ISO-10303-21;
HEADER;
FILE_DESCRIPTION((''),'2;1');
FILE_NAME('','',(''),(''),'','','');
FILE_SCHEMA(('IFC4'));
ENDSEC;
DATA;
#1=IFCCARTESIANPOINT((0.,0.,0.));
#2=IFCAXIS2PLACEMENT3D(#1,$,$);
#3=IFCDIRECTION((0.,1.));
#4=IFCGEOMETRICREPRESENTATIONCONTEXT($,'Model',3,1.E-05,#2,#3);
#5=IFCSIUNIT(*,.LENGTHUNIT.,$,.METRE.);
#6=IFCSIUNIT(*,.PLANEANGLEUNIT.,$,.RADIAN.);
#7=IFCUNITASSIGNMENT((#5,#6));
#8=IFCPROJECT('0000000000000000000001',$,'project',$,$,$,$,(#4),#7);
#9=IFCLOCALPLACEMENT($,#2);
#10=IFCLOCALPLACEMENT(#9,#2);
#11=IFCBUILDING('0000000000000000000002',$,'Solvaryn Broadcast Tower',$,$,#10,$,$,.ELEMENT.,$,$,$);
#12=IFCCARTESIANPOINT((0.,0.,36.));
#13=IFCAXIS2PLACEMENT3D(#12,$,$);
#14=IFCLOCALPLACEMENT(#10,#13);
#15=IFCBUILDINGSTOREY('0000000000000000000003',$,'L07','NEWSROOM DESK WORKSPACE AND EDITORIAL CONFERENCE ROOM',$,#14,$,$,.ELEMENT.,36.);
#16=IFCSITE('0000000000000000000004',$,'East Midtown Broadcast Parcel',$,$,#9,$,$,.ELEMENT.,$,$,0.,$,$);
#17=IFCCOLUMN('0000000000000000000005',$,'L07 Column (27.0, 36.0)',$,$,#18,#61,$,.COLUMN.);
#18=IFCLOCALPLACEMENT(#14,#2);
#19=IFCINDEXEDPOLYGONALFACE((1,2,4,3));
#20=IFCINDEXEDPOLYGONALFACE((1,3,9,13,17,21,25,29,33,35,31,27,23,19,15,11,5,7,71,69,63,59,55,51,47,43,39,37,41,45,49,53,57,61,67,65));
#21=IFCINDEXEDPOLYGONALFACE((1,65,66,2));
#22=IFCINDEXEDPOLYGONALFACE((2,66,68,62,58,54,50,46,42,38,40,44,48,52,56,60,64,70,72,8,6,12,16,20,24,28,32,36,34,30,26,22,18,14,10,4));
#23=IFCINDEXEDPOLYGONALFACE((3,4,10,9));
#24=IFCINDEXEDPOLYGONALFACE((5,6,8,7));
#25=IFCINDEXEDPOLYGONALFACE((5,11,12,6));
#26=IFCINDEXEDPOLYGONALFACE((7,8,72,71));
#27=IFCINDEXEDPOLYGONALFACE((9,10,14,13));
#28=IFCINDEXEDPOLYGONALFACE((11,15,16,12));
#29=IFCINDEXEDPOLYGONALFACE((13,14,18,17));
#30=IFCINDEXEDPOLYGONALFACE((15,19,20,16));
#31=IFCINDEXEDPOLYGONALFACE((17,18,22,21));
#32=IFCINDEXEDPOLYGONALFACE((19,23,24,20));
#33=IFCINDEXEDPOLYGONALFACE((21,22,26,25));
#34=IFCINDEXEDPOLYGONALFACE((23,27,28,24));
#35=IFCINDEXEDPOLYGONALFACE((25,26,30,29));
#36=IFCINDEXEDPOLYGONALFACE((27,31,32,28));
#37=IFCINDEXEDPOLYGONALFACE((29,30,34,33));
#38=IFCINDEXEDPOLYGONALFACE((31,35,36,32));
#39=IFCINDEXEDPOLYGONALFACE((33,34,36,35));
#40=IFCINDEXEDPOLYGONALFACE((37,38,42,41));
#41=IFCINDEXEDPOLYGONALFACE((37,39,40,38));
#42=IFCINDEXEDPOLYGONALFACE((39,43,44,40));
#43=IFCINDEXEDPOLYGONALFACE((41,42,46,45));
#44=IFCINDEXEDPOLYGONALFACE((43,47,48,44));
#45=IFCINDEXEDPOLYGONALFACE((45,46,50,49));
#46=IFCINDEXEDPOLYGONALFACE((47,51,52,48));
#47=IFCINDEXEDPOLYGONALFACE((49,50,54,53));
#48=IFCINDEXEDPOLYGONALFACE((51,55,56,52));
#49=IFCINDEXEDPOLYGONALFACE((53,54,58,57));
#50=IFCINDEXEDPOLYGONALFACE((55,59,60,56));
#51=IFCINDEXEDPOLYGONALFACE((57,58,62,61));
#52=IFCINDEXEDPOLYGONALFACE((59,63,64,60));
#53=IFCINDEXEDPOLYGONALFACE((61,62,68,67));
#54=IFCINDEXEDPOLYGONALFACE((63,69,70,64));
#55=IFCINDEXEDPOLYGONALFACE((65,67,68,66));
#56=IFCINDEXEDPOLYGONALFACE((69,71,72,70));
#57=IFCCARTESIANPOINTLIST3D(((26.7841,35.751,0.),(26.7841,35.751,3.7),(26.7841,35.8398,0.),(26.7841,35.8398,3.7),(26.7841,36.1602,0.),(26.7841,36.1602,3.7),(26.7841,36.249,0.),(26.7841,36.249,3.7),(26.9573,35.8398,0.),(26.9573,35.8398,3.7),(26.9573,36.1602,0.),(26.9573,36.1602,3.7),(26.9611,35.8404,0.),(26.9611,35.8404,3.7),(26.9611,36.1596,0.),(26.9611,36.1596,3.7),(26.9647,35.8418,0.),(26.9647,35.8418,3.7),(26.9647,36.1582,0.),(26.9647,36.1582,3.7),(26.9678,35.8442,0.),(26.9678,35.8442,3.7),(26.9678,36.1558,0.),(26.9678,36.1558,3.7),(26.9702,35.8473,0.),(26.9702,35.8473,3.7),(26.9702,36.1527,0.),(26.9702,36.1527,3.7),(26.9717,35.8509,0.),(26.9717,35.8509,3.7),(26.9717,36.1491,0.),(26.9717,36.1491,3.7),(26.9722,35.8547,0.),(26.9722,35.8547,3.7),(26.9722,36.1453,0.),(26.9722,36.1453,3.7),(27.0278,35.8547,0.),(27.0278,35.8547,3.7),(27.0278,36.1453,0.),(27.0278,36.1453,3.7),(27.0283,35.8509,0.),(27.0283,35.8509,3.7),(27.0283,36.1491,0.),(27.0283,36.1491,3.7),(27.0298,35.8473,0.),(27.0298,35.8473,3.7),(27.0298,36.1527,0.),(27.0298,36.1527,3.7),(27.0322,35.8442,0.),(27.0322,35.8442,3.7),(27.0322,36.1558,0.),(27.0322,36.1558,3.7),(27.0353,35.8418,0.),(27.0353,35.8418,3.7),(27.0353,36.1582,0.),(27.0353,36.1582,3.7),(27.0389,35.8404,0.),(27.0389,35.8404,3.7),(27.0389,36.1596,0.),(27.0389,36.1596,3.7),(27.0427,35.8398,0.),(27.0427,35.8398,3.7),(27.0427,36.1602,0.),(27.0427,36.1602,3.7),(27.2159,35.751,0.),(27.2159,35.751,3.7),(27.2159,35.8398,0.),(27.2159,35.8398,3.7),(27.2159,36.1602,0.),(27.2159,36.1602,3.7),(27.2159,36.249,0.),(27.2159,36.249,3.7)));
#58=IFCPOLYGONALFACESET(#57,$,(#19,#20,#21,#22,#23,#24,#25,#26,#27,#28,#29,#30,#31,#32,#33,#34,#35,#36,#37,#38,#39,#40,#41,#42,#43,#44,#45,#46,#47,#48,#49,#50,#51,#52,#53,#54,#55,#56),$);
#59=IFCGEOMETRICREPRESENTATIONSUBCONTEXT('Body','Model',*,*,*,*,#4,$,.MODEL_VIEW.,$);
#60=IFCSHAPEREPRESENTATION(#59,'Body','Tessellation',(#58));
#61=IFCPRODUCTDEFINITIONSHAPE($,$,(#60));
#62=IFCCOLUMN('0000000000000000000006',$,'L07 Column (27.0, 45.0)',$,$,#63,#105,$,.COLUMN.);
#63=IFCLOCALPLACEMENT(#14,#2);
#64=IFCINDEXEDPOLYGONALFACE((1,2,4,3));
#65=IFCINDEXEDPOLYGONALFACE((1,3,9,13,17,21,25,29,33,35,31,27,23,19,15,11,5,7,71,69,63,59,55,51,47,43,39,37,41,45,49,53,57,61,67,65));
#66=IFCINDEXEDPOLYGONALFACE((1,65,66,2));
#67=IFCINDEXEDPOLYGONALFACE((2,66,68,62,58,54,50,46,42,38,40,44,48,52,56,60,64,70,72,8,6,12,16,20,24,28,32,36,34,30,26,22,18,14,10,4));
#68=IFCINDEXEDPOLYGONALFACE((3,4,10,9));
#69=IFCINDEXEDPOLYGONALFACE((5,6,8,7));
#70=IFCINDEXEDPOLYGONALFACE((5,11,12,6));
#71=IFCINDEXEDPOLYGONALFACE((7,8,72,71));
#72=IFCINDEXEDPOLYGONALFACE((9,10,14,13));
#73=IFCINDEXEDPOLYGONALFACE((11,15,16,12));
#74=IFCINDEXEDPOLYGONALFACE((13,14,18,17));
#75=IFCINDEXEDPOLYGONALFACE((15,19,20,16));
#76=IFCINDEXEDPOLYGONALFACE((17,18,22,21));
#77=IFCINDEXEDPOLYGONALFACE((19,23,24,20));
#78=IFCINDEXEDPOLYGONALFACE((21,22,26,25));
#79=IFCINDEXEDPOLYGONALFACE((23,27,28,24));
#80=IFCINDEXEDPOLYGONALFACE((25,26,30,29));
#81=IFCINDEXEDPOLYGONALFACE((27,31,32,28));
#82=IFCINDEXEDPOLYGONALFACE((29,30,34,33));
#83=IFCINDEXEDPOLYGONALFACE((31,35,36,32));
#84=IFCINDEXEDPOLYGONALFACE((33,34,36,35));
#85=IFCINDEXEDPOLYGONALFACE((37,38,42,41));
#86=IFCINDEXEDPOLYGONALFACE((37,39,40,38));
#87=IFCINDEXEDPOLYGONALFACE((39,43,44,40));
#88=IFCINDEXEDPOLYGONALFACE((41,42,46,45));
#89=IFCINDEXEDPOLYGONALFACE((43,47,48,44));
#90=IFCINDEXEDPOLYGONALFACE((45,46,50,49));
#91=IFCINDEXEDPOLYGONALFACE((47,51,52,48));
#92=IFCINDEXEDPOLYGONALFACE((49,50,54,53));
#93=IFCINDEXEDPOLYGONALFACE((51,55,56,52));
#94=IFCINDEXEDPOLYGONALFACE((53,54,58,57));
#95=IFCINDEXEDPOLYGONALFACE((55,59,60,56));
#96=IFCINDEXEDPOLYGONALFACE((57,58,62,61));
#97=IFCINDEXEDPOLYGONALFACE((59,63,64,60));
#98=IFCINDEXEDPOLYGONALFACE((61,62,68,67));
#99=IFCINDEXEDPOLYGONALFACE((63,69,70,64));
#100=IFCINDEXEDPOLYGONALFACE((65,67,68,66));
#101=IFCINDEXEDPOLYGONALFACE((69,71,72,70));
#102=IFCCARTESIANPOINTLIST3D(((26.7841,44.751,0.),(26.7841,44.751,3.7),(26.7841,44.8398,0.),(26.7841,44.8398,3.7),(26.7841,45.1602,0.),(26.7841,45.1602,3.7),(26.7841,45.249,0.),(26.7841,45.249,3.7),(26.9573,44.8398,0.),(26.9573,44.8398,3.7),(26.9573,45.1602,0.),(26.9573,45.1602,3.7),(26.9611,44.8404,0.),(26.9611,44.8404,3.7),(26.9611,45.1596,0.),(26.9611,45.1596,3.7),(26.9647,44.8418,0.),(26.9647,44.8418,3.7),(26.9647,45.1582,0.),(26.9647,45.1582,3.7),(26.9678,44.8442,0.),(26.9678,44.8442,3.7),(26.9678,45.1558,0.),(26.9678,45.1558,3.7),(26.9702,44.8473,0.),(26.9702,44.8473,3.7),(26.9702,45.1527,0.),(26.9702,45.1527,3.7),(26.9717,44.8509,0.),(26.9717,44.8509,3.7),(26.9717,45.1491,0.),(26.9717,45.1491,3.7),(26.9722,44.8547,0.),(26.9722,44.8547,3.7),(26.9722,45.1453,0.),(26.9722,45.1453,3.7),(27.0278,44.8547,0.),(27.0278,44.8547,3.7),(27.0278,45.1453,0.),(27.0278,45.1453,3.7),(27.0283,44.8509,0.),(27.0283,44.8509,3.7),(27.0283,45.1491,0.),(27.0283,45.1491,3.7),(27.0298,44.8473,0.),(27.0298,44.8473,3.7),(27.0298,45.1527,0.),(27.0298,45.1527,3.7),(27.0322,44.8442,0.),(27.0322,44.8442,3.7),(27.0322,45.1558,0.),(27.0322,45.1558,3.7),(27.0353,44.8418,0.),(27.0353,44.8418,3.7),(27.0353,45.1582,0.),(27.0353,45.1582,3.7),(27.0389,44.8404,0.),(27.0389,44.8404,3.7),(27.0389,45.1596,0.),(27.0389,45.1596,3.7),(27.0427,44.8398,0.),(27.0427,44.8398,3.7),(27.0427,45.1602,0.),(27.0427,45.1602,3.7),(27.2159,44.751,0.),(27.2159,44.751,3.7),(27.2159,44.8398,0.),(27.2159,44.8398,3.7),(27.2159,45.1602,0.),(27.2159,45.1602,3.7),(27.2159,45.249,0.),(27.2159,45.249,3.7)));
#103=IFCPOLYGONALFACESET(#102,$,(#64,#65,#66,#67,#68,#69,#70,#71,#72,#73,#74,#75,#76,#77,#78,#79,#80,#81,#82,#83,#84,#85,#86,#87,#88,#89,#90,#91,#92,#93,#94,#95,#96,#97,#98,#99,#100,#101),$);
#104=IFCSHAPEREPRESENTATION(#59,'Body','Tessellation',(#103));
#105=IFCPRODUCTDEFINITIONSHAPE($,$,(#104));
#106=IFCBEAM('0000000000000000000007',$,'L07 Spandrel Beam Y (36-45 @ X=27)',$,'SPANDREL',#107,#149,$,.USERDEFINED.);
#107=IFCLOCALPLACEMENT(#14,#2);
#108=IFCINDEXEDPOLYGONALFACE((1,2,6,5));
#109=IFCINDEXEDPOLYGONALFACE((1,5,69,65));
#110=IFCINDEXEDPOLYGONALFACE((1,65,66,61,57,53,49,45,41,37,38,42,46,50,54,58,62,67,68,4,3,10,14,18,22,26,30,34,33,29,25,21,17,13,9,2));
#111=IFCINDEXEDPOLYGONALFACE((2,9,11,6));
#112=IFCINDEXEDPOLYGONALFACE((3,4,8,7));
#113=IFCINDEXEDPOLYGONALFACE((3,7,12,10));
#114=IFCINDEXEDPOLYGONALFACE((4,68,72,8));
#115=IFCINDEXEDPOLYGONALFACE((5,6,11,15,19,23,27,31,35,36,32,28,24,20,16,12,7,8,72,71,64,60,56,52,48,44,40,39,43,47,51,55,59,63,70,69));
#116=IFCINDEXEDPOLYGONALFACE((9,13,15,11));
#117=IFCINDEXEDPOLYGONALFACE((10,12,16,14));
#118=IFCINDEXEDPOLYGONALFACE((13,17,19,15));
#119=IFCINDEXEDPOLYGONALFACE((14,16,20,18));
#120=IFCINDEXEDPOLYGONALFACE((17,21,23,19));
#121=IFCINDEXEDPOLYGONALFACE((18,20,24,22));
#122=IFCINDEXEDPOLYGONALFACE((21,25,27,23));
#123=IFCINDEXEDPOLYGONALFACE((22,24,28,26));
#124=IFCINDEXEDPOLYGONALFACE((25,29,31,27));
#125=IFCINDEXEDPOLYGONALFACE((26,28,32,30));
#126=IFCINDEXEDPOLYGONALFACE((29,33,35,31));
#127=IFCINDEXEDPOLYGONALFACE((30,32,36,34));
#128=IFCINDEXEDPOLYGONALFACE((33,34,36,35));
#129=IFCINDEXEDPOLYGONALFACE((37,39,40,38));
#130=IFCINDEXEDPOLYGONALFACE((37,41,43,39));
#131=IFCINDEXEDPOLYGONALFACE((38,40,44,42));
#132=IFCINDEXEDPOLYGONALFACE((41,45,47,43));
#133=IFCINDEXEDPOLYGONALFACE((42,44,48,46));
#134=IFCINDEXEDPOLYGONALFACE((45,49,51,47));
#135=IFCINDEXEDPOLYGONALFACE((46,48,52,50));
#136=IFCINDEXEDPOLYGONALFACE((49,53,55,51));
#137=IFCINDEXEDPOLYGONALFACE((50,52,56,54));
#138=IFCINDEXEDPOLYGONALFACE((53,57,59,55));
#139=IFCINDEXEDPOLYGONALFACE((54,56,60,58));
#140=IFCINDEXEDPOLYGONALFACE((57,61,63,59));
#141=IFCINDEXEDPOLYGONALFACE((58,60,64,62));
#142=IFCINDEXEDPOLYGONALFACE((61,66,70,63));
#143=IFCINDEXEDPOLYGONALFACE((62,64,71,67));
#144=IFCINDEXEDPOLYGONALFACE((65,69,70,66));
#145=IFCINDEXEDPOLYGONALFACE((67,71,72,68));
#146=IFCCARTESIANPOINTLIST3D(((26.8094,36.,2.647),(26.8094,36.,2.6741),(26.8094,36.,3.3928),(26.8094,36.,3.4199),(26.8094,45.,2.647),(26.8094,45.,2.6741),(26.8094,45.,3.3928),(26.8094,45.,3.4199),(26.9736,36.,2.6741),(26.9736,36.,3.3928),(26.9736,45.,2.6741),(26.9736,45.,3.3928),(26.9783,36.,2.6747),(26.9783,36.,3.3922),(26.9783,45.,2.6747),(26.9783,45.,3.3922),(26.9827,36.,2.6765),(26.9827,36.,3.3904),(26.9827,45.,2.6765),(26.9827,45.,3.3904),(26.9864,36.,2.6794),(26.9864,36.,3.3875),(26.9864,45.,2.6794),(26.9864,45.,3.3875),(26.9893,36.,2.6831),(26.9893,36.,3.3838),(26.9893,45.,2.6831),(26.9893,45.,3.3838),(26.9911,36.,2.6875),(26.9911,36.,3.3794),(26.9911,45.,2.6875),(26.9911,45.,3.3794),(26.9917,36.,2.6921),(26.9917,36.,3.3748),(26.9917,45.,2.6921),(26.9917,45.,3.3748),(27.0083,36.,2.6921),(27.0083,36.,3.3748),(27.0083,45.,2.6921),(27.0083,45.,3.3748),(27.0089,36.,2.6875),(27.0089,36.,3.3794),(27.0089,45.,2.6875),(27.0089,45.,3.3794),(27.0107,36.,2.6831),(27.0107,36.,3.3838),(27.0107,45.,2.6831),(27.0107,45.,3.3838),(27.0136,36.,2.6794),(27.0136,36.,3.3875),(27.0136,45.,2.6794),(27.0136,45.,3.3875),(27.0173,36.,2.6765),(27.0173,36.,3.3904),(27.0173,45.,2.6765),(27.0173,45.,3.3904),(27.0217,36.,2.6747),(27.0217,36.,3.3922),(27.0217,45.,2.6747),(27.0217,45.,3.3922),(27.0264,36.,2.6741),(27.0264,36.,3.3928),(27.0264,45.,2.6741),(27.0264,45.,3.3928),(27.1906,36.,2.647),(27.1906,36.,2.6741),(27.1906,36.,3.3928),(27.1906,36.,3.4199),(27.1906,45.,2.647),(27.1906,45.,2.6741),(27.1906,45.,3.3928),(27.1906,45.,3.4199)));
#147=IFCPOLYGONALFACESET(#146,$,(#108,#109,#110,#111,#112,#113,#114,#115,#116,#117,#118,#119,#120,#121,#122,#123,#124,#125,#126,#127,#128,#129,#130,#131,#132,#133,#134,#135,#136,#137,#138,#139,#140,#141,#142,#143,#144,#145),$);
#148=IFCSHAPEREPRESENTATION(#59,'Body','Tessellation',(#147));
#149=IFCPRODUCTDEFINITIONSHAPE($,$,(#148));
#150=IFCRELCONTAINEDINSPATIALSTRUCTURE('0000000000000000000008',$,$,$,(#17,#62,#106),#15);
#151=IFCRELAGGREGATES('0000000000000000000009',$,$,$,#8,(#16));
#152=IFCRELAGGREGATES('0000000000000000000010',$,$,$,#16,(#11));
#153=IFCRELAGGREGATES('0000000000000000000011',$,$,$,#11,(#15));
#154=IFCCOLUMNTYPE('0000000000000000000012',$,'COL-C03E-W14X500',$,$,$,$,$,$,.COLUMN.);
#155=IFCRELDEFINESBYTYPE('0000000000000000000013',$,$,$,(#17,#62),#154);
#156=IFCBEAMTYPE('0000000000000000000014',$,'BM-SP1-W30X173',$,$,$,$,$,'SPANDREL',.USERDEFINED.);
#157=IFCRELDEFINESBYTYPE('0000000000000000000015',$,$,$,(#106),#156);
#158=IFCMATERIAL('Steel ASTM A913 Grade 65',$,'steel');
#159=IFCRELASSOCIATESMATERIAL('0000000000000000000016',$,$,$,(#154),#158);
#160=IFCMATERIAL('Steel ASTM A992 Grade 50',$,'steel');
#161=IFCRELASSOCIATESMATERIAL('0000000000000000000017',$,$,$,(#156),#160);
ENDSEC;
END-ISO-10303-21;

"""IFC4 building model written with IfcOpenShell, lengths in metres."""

from ifc_helpers import new_model, si_unit, direction, frame, origin, origin_2d, place, context, subcontext, project, spatial, i_section, extrude, material, material_profile, profile_set, type_object, element, save


model = new_model("IFC4")

# Units and contexts
model_context = context("Model", 3, precision=1e-05, world=origin(), true_north=direction((0.0, 1.0)))
body_context = subcontext(model_context, "Body", "Model", "MODEL_VIEW")
ifc_project = project(units=[si_unit("LENGTHUNIT", "METRE"), si_unit("PLANEANGLEUNIT", "RADIAN")], contexts=[model_context])

# Site, building, storey
site_placement = place(None, origin())
site = spatial("IfcSite", under=ifc_project, at=site_placement, Name="East Midtown Broadcast Parcel", CompositionType="ELEMENT", RefElevation=0.0)
building_placement = place(site_placement, origin())
building = spatial("IfcBuilding", under=site, at=building_placement, Name="Solvaryn Broadcast Tower", CompositionType="ELEMENT")
storey_placement = place(building_placement, frame((0.0, 0.0, 36.0)))
storey = spatial("IfcBuildingStorey", under=building, at=storey_placement, Name="L07", Description="NEWSROOM DESK WORKSPACE AND EDITORIAL CONFERENCE ROOM", CompositionType="ELEMENT", Elevation=36.0)

# Columns
ifc_material_1 = material(Name="Steel ASTM A913 Grade 65", Category="steel")
ifc_material_profile_1 = material_profile(ifc_material_1, i_section(OverallWidth=0.4319, OverallDepth=0.498, WebThickness=0.0557, FlangeThickness=0.0889, FilletRadius=0.0149, at=origin_2d()))
ifc_profile_set_1 = profile_set([ifc_material_profile_1], Name="Steel ASTM A913 Grade 65")
column_type = type_object("IfcColumnType", Name="COL-C03E-W14X500", PredefinedType="COLUMN", material=ifc_profile_set_1)
for number, where, z_axis, x_axis, name in (
    (1, (27.0, 36.0, 0.0), (0.0, 0.0, 1.0), (1.0, 0.0, 0.0), "L07 Column (27.0, 36.0)"),
    (2, (27.0, 45.0, 0.0), (0.0, 0.0, 1.0), (1.0, 0.0, 0.0), "L07 Column (27.0, 45.0)"),
):
    element("IfcColumn", number, at=place(storey_placement, frame(where, z_axis=z_axis, x_axis=x_axis)), inside=storey, type_object=column_type, Name=name, PredefinedType="COLUMN", context=body_context, shape_type="SweptSolid", body=[
        extrude(i_section(OverallWidth=0.4319, OverallDepth=0.498, WebThickness=0.0557, FlangeThickness=0.0889, FilletRadius=0.0149, at=origin_2d()), origin(), (0.0, 0.0, 1.0), 3.7),
    ])

# Beam
ifc_material_2 = material(Name="Steel ASTM A992 Grade 50", Category="steel")
ifc_material_profile_2 = material_profile(ifc_material_2, i_section(OverallWidth=0.3811, OverallDepth=0.7729, WebThickness=0.0166, FlangeThickness=0.0271, FilletRadius=0.0181, at=origin_2d()))
ifc_profile_set_2 = profile_set([ifc_material_profile_2], Name="Steel ASTM A992 Grade 50")
beam_type = type_object("IfcBeamType", Name="BM-SP1-W30X173", ElementType="SPANDREL", PredefinedType="USERDEFINED", material=ifc_profile_set_2)
beam_placement = place(storey_placement, frame((27.0, 36.0, 3.0334), z_axis=(0.0, 1.0, 0.0), x_axis=(-1.0, 0.0, 0.0)))
element("IfcBeam", 3, at=beam_placement, inside=storey, type_object=beam_type, Name="L07 Spandrel Beam Y (36-45 @ X=27)", ObjectType="SPANDREL", PredefinedType="USERDEFINED", context=body_context, shape_type="SweptSolid", body=[
    extrude(i_section(OverallWidth=0.3811, OverallDepth=0.7729, WebThickness=0.0166, FlangeThickness=0.0271, FilletRadius=0.0181, at=origin_2d()), origin(), (0.0, 0.0, 1.0), 9.0),
])

save(model, "model.ifc")
